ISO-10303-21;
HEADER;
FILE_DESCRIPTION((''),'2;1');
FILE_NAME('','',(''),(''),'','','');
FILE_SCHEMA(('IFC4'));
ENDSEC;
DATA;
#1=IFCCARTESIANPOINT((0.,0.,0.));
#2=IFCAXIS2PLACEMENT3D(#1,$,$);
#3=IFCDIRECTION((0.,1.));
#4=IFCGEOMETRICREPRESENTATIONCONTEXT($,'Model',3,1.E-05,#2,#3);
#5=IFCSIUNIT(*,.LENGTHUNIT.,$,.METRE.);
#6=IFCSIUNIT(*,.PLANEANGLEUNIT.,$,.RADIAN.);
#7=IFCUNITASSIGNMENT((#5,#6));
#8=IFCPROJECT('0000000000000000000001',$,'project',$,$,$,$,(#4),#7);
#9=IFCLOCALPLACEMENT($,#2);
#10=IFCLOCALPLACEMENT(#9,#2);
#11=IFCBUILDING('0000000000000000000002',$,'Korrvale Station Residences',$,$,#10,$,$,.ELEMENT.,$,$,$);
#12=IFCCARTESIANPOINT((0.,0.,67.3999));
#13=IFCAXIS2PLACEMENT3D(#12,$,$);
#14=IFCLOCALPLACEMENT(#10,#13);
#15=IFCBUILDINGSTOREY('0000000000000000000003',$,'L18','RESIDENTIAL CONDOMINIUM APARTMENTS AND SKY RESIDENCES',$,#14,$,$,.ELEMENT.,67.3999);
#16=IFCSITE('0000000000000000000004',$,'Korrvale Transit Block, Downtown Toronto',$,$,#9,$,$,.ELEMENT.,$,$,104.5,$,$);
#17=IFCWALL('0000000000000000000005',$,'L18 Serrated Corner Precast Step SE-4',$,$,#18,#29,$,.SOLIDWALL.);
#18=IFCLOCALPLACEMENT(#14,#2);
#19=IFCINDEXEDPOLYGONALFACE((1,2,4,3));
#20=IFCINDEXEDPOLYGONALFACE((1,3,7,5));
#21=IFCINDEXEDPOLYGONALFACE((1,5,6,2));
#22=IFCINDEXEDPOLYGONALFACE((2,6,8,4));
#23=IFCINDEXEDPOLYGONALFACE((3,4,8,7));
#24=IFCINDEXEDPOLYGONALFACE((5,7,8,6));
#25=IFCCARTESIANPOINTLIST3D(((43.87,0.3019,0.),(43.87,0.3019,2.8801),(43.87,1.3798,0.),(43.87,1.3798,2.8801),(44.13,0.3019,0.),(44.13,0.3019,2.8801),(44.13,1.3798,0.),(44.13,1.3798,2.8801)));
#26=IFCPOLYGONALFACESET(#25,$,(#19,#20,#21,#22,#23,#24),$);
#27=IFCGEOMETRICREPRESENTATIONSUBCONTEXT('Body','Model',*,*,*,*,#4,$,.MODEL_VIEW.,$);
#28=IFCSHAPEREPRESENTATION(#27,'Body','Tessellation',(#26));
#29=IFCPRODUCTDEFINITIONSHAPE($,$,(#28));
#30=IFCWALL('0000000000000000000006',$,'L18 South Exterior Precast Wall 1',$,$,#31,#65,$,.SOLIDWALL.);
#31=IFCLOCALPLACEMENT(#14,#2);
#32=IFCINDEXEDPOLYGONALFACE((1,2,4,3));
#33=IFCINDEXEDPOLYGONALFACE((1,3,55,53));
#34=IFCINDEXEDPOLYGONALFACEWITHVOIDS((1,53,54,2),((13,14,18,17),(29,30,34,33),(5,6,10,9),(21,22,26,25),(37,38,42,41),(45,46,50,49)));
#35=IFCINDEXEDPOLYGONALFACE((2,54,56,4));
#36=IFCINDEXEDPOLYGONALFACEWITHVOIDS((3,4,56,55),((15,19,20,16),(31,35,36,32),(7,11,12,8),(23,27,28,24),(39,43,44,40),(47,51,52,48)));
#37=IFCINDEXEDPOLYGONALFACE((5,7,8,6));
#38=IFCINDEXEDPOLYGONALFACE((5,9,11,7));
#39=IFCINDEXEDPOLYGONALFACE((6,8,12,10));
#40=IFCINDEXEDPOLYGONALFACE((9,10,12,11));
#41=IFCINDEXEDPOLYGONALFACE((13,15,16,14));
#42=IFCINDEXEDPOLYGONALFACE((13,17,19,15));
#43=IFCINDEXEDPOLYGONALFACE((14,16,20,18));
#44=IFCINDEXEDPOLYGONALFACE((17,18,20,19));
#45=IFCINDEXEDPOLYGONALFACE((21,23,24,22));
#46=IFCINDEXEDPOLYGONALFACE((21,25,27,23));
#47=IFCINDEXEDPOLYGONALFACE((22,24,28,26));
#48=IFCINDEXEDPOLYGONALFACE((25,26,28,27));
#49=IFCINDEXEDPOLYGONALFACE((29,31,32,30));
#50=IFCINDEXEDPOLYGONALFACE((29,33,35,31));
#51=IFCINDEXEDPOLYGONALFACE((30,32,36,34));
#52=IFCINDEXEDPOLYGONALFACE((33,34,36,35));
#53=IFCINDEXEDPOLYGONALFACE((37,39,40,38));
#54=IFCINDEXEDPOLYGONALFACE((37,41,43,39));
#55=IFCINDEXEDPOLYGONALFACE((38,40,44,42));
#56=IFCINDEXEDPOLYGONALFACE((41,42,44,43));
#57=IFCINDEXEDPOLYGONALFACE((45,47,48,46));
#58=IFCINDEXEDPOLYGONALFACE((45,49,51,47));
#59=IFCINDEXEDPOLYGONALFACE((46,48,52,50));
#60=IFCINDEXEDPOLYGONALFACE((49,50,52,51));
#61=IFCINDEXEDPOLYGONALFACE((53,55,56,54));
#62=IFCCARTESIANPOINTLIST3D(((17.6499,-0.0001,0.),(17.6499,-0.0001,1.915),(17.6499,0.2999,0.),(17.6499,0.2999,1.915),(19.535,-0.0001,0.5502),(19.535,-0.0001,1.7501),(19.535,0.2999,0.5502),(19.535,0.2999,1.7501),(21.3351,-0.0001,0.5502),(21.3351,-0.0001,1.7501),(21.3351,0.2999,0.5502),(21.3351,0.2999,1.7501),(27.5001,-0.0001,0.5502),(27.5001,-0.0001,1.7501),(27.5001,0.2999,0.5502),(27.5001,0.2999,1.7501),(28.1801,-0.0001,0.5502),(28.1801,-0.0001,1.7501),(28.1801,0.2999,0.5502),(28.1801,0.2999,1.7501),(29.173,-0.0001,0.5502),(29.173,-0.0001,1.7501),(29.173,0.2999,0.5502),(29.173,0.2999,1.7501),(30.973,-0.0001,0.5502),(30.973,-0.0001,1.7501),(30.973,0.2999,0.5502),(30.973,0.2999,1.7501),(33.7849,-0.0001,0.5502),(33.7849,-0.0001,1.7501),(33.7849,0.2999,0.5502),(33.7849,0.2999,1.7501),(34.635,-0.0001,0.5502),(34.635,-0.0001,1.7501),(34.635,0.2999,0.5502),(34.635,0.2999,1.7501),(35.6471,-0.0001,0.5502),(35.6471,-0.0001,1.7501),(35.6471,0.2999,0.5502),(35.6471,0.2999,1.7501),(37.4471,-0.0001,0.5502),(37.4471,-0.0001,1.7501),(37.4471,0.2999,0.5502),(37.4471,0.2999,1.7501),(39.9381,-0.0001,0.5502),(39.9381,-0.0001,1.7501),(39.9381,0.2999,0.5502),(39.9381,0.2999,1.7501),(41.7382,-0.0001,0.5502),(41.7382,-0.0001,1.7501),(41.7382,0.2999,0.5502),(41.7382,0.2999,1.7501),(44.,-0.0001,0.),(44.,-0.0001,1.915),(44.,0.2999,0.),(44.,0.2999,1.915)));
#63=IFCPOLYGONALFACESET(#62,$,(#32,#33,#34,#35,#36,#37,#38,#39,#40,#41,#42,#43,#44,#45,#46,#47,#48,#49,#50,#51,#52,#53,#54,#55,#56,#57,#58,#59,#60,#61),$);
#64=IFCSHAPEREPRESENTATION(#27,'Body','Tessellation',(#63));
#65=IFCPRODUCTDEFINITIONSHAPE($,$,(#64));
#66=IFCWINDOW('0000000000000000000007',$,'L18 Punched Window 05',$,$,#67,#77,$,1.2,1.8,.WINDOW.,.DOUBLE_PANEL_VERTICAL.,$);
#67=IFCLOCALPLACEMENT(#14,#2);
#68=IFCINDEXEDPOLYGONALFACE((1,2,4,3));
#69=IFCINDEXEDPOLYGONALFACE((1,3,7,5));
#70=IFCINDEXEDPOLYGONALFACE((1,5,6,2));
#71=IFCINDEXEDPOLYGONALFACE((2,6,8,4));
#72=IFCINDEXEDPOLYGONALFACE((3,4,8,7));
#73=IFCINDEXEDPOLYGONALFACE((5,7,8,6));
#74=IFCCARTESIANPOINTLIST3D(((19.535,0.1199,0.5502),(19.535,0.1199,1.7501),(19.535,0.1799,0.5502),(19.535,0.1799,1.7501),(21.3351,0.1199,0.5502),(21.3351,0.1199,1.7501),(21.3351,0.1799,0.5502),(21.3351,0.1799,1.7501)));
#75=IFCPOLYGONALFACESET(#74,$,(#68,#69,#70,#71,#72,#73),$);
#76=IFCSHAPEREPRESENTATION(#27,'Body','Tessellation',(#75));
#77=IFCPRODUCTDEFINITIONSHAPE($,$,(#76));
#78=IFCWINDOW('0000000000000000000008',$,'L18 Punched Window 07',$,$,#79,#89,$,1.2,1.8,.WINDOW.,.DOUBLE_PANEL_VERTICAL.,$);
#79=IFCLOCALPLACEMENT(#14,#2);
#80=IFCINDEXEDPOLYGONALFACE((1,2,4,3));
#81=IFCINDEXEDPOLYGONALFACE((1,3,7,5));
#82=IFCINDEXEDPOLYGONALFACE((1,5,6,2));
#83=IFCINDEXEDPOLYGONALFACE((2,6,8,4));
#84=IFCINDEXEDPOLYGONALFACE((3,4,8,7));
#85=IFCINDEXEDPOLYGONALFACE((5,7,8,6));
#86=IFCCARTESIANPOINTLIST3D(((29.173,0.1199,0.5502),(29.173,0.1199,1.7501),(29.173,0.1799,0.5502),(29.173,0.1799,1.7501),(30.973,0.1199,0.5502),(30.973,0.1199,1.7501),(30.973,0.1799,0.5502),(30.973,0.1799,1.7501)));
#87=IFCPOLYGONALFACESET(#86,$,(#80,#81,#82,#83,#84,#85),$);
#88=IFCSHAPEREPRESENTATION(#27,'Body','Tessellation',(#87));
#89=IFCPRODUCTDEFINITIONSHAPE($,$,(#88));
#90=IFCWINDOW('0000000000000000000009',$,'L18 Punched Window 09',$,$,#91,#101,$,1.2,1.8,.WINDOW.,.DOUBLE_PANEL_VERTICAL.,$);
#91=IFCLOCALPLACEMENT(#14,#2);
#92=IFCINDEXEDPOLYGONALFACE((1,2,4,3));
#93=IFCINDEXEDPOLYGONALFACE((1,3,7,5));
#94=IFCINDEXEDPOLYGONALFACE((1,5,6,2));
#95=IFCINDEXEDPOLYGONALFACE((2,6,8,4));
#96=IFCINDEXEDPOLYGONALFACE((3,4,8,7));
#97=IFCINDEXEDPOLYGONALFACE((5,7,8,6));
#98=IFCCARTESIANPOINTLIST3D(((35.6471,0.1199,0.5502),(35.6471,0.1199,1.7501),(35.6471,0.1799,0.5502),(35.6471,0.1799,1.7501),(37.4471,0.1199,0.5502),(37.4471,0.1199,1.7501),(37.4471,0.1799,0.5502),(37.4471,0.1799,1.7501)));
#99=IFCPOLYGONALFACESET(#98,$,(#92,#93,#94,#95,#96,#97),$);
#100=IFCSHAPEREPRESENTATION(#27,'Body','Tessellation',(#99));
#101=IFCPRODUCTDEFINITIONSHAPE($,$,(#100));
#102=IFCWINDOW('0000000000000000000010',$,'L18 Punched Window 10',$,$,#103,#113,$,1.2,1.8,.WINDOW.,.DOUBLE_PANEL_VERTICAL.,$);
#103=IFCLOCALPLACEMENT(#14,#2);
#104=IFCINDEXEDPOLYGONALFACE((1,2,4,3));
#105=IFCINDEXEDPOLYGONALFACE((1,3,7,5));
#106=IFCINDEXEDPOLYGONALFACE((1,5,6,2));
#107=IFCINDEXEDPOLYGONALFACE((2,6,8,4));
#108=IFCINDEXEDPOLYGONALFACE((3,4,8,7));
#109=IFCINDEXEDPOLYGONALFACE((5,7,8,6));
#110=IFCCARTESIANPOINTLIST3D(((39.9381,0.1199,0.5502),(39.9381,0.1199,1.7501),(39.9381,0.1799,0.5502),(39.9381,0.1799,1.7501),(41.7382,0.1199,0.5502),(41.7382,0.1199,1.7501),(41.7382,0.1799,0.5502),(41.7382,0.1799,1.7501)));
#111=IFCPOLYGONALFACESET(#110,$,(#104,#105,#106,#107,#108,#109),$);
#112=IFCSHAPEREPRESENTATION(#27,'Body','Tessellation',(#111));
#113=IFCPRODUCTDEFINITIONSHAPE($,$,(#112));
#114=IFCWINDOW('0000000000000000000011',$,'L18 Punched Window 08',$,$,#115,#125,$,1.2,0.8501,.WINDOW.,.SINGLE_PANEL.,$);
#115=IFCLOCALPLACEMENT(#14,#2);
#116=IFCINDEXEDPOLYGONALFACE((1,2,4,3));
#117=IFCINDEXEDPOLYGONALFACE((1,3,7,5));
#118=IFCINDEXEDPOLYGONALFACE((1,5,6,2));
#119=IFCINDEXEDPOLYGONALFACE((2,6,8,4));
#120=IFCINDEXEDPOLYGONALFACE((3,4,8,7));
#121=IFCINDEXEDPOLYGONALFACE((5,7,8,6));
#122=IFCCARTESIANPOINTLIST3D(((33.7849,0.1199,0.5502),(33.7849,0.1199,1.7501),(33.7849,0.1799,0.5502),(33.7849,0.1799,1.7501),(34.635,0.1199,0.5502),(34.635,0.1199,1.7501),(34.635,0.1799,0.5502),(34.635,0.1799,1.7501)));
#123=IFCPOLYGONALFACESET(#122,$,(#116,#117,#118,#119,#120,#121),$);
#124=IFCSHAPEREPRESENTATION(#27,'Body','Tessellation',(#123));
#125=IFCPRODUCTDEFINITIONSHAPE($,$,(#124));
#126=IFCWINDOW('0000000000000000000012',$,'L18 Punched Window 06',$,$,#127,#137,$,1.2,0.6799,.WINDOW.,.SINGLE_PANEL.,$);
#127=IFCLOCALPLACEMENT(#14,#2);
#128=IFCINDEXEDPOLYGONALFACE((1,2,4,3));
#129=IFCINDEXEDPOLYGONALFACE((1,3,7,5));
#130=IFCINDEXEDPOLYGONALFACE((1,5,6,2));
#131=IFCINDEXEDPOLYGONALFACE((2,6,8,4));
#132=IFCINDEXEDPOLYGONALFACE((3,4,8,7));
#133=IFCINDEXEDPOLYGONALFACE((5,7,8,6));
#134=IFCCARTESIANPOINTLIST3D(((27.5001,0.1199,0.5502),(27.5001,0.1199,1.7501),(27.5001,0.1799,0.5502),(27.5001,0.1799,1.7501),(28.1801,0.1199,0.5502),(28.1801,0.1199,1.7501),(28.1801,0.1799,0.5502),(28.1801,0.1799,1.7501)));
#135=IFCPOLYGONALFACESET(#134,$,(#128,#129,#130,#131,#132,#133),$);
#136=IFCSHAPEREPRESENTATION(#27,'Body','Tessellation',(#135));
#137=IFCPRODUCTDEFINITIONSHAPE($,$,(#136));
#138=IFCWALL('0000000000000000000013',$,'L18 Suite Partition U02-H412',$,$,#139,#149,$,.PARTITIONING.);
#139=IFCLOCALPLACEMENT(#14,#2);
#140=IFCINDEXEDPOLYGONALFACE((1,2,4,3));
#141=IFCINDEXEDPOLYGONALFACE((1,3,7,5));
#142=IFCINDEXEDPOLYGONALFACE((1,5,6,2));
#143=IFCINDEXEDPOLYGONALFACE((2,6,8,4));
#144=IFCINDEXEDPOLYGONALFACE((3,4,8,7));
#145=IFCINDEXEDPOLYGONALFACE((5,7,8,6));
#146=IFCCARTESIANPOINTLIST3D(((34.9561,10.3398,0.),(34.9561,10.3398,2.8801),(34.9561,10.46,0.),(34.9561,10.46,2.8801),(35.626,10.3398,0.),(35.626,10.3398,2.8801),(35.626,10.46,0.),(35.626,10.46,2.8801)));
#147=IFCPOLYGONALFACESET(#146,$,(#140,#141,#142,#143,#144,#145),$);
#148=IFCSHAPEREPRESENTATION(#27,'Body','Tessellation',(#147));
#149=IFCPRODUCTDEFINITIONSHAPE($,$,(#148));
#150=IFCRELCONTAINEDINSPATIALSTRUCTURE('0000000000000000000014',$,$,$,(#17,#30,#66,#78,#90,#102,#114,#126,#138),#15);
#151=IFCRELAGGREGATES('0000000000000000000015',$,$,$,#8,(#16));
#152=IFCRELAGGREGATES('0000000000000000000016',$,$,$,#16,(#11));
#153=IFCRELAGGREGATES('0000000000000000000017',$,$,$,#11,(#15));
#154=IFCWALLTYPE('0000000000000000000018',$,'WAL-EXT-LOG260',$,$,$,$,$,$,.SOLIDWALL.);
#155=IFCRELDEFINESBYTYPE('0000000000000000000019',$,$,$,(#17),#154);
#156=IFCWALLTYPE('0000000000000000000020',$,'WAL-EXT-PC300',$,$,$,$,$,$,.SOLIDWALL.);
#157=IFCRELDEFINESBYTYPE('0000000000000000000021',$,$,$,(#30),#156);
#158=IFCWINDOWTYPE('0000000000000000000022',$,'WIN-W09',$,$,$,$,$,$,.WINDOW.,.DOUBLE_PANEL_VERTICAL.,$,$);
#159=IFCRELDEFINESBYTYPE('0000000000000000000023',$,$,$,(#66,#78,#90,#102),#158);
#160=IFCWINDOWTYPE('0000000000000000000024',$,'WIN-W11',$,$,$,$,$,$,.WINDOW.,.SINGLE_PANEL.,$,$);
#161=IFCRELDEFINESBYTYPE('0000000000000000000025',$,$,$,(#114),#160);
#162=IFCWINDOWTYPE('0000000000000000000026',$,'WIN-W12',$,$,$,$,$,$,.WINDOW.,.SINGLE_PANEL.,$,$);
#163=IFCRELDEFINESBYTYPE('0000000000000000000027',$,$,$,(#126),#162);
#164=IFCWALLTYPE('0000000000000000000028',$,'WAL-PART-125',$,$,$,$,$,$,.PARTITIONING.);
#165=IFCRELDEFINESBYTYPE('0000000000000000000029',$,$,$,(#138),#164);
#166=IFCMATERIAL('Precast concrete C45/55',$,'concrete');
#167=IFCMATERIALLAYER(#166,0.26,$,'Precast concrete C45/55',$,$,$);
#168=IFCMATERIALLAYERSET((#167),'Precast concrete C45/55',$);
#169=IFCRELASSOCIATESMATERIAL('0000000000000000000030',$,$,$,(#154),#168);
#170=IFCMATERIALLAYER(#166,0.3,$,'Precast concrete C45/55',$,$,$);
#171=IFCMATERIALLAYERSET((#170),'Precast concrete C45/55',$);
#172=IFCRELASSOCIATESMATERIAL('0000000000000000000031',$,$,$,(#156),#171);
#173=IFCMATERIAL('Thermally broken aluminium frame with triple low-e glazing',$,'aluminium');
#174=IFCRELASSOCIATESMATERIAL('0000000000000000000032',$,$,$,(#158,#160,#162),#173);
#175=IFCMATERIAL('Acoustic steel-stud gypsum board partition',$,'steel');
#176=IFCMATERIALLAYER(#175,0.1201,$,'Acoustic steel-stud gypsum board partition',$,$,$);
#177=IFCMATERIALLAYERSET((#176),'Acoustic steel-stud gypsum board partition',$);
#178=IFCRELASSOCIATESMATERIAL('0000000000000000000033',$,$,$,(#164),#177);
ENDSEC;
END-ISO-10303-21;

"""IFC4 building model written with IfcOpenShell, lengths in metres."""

from ifc_helpers import new_model, si_unit, direction, frame, frame_2d, origin, place, context, subcontext, project, spatial, rectangle, extrude, material, layer, layer_set, type_object, element, fill, save


model = new_model("IFC4")

# Units and contexts
model_context = context("Model", 3, precision=1e-05, world=origin(), true_north=direction((0.0, 1.0)))
body_context = subcontext(model_context, "Body", "Model", "MODEL_VIEW")
ifc_project = project(units=[si_unit("LENGTHUNIT", "METRE"), si_unit("PLANEANGLEUNIT", "RADIAN")], contexts=[model_context])

# Site, building, storey
site_placement = place(None, origin())
site = spatial("IfcSite", under=ifc_project, at=site_placement, Name="Korrvale Transit Block, Downtown Toronto", CompositionType="ELEMENT", RefElevation=104.5)
building_placement = place(site_placement, origin())
building = spatial("IfcBuilding", under=site, at=building_placement, Name="Korrvale Station Residences", CompositionType="ELEMENT")
storey_placement = place(building_placement, frame((0.0, 0.0, 67.3999)))
storey = spatial("IfcBuildingStorey", under=building, at=storey_placement, Name="L18", Description="RESIDENTIAL CONDOMINIUM APARTMENTS AND SKY RESIDENCES", CompositionType="ELEMENT", Elevation=67.3999)

# Wall
ifc_material_1 = material(Name="Precast concrete C45/55", Category="concrete")
ifc_layer_1 = layer(ifc_material_1, 0.26, Name="Precast concrete C45/55")
ifc_layer_set_1 = layer_set([ifc_layer_1], Name="Precast concrete C45/55")
wall_type_1 = type_object("IfcWallType", Name="WAL-EXT-LOG260", PredefinedType="SOLIDWALL", material=ifc_layer_set_1)
wall_1_placement = place(storey_placement, frame((44.0, 1.3799, 0.0), z_axis=(0.0, 0.0, 1.0), x_axis=(0.0, -1.0, 0.0)))
element("IfcWall", 1, at=wall_1_placement, inside=storey, type_object=wall_type_1, Name="L18 Serrated Corner Precast Step SE-4", PredefinedType="SOLIDWALL", context=body_context, shape_type="SweptSolid", body=[
    extrude(rectangle(XDim=1.0779, YDim=0.26, at=frame_2d((0.5391, 0.0))), origin(), (0.0, 0.0, 1.0), 2.8801),
])

# Wall, openings, windows
ifc_layer_2 = layer(ifc_material_1, 0.3, Name="Precast concrete C45/55")
ifc_layer_set_2 = layer_set([ifc_layer_2], Name="Precast concrete C45/55")
wall_type_2 = type_object("IfcWallType", Name="WAL-EXT-PC300", PredefinedType="SOLIDWALL", material=ifc_layer_set_2)
wall_2_placement = place(storey_placement, frame((44.0, 0.1499, 0.0), z_axis=(0.0, 0.0, 1.0), x_axis=(-1.0, 0.0, 0.0)))
wall_2 = element("IfcWall", 2, at=wall_2_placement, inside=storey, type_object=wall_type_2, Name="L18 South Exterior Precast Wall 1", PredefinedType="SOLIDWALL", context=body_context, shape_type="SweptSolid", body=[
    extrude(rectangle(XDim=26.3501, YDim=0.3, at=frame_2d((13.175, 0.0))), origin(), (0.0, 0.0, 1.0), 1.915),
])
opening_1_placement = place(wall_2_placement, frame((22.665, 0.0, 0.55)))
opening_1 = element("IfcOpeningElement", 3, at=opening_1_placement, cuts=wall_2, PredefinedType="OPENING", context=body_context, shape_type="SweptSolid", body=[
    extrude(rectangle(XDim=1.8, YDim=1.2, at=frame_2d((0.8999, 0.6001))), frame((0.0, 0.1602, 0.0), z_axis=(0.0, -1.0, 0.0), x_axis=(1.0, 0.0, 0.0)), (0.0, 0.0, 1.0), 0.3201),
])
opening_2_placement = place(wall_2_placement, frame((15.8201, 0.0, 0.55)))
opening_2 = element("IfcOpeningElement", 4, at=opening_2_placement, cuts=wall_2, PredefinedType="OPENING", context=body_context, shape_type="SweptSolid", body=[
    extrude(rectangle(XDim=0.6799, YDim=1.2, at=frame_2d((0.3398, 0.6001))), frame((0.0, 0.1602, 0.0), z_axis=(0.0, -1.0, 0.0), x_axis=(1.0, 0.0, 0.0)), (0.0, 0.0, 1.0), 0.3201),
])
opening_3_placement = place(wall_2_placement, frame((13.0271, 0.0, 0.55)))
opening_3 = element("IfcOpeningElement", 5, at=opening_3_placement, cuts=wall_2, PredefinedType="OPENING", context=body_context, shape_type="SweptSolid", body=[
    extrude(rectangle(XDim=1.8, YDim=1.2, at=frame_2d((0.8999, 0.6001))), frame((0.0, 0.1602, 0.0), z_axis=(0.0, -1.0, 0.0), x_axis=(1.0, 0.0, 0.0)), (0.0, 0.0, 1.0), 0.3201),
])
opening_4_placement = place(wall_2_placement, frame((9.365, 0.0, 0.55)))
opening_4 = element("IfcOpeningElement", 6, at=opening_4_placement, cuts=wall_2, PredefinedType="OPENING", context=body_context, shape_type="SweptSolid", body=[
    extrude(rectangle(XDim=0.8501, YDim=1.2, at=frame_2d((0.425, 0.6001))), frame((0.0, 0.1602, 0.0), z_axis=(0.0, -1.0, 0.0), x_axis=(1.0, 0.0, 0.0)), (0.0, 0.0, 1.0), 0.3201),
])
opening_5_placement = place(wall_2_placement, frame((6.553, 0.0, 0.55)))
opening_5 = element("IfcOpeningElement", 7, at=opening_5_placement, cuts=wall_2, PredefinedType="OPENING", context=body_context, shape_type="SweptSolid", body=[
    extrude(rectangle(XDim=1.8, YDim=1.2, at=frame_2d((0.8999, 0.6001))), frame((0.0, 0.1602, 0.0), z_axis=(0.0, -1.0, 0.0), x_axis=(1.0, 0.0, 0.0)), (0.0, 0.0, 1.0), 0.3201),
])
opening_6_placement = place(wall_2_placement, frame((2.262, 0.0, 0.55)))
opening_6 = element("IfcOpeningElement", 8, at=opening_6_placement, cuts=wall_2, PredefinedType="OPENING", context=body_context, shape_type="SweptSolid", body=[
    extrude(rectangle(XDim=1.8, YDim=1.2, at=frame_2d((0.8999, 0.6001))), frame((0.0, 0.1602, 0.0), z_axis=(0.0, -1.0, 0.0), x_axis=(1.0, 0.0, 0.0)), (0.0, 0.0, 1.0), 0.3201),
])
ifc_material_2 = material(Name="Thermally broken aluminium frame with triple low-e glazing", Category="aluminium")
window_type_1 = type_object("IfcWindowType", Name="WIN-W09", PartitioningType="DOUBLE_PANEL_VERTICAL", PredefinedType="WINDOW", material=ifc_material_2)
window_1_placement = place(opening_1_placement, origin())
window_1 = element("IfcWindow", 9, at=window_1_placement, inside=storey, type_object=window_type_1, Name="L18 Punched Window 05", OverallHeight=1.2, OverallWidth=1.8, PartitioningType="DOUBLE_PANEL_VERTICAL", PredefinedType="WINDOW", context=body_context, shape_type="SweptSolid", body=[
    extrude(rectangle(XDim=1.8, YDim=1.2, at=frame_2d((0.8999, 0.6001))), frame((0.0, 0.03, 0.0), z_axis=(0.0, -1.0, 0.0), x_axis=(1.0, 0.0, 0.0)), (0.0, 0.0, 1.0), 0.0601),
])
fill(opening_1, window_1)
window_2_placement = place(opening_3_placement, origin())
window_2 = element("IfcWindow", 10, at=window_2_placement, inside=storey, type_object=window_type_1, Name="L18 Punched Window 07", OverallHeight=1.2, OverallWidth=1.8, PartitioningType="DOUBLE_PANEL_VERTICAL", PredefinedType="WINDOW", context=body_context, shape_type="SweptSolid", body=[
    extrude(rectangle(XDim=1.8, YDim=1.2, at=frame_2d((0.8999, 0.6001))), frame((0.0, 0.03, 0.0), z_axis=(0.0, -1.0, 0.0), x_axis=(1.0, 0.0, 0.0)), (0.0, 0.0, 1.0), 0.0601),
])
fill(opening_3, window_2)
window_3_placement = place(opening_5_placement, origin())
window_3 = element("IfcWindow", 11, at=window_3_placement, inside=storey, type_object=window_type_1, Name="L18 Punched Window 09", OverallHeight=1.2, OverallWidth=1.8, PartitioningType="DOUBLE_PANEL_VERTICAL", PredefinedType="WINDOW", context=body_context, shape_type="SweptSolid", body=[
    extrude(rectangle(XDim=1.8, YDim=1.2, at=frame_2d((0.8999, 0.6001))), frame((0.0, 0.03, 0.0), z_axis=(0.0, -1.0, 0.0), x_axis=(1.0, 0.0, 0.0)), (0.0, 0.0, 1.0), 0.0601),
])
fill(opening_5, window_3)
window_4_placement = place(opening_6_placement, origin())
window_4 = element("IfcWindow", 12, at=window_4_placement, inside=storey, type_object=window_type_1, Name="L18 Punched Window 10", OverallHeight=1.2, OverallWidth=1.8, PartitioningType="DOUBLE_PANEL_VERTICAL", PredefinedType="WINDOW", context=body_context, shape_type="SweptSolid", body=[
    extrude(rectangle(XDim=1.8, YDim=1.2, at=frame_2d((0.8999, 0.6001))), frame((0.0, 0.03, 0.0), z_axis=(0.0, -1.0, 0.0), x_axis=(1.0, 0.0, 0.0)), (0.0, 0.0, 1.0), 0.0601),
])
fill(opening_6, window_4)
window_type_2 = type_object("IfcWindowType", Name="WIN-W11", PartitioningType="SINGLE_PANEL", PredefinedType="WINDOW", material=ifc_material_2)
window_5_placement = place(opening_4_placement, origin())
window_5 = element("IfcWindow", 13, at=window_5_placement, inside=storey, type_object=window_type_2, Name="L18 Punched Window 08", OverallHeight=1.2, OverallWidth=0.8501, PartitioningType="SINGLE_PANEL", PredefinedType="WINDOW", context=body_context, shape_type="SweptSolid", body=[
    extrude(rectangle(XDim=0.8501, YDim=1.2, at=frame_2d((0.425, 0.6001))), frame((0.0, 0.03, 0.0), z_axis=(0.0, -1.0, 0.0), x_axis=(1.0, 0.0, 0.0)), (0.0, 0.0, 1.0), 0.0601),
])
fill(opening_4, window_5)
window_type_3 = type_object("IfcWindowType", Name="WIN-W12", PartitioningType="SINGLE_PANEL", PredefinedType="WINDOW", material=ifc_material_2)
window_6_placement = place(opening_2_placement, origin())
window_6 = element("IfcWindow", 14, at=window_6_placement, inside=storey, type_object=window_type_3, Name="L18 Punched Window 06", OverallHeight=1.2, OverallWidth=0.6799, PartitioningType="SINGLE_PANEL", PredefinedType="WINDOW", context=body_context, shape_type="SweptSolid", body=[
    extrude(rectangle(XDim=0.6799, YDim=1.2, at=frame_2d((0.3398, 0.6001))), frame((0.0, 0.03, 0.0), z_axis=(0.0, -1.0, 0.0), x_axis=(1.0, 0.0, 0.0)), (0.0, 0.0, 1.0), 0.0601),
])
fill(opening_2, window_6)

# Wall
ifc_material_3 = material(Name="Acoustic steel-stud gypsum board partition", Category="steel")
ifc_layer_3 = layer(ifc_material_3, 0.1201, Name="Acoustic steel-stud gypsum board partition")
ifc_layer_set_3 = layer_set([ifc_layer_3], Name="Acoustic steel-stud gypsum board partition")
wall_type_3 = type_object("IfcWallType", Name="WAL-PART-125", PredefinedType="PARTITIONING", material=ifc_layer_set_3)
wall_3_placement = place(storey_placement, frame((34.9561, 10.3999, 0.0), z_axis=(0.0, 0.0, 1.0), x_axis=(1.0, 0.0, 0.0)))
element("IfcWall", 15, at=wall_3_placement, inside=storey, type_object=wall_type_3, Name="L18 Suite Partition U02-H412", PredefinedType="PARTITIONING", context=body_context, shape_type="SweptSolid", body=[
    extrude(rectangle(XDim=0.6699, YDim=0.1201, at=frame_2d((0.335, 0.0))), origin(), (0.0, 0.0, 1.0), 2.8801),
])

save(model, "model.ifc")
